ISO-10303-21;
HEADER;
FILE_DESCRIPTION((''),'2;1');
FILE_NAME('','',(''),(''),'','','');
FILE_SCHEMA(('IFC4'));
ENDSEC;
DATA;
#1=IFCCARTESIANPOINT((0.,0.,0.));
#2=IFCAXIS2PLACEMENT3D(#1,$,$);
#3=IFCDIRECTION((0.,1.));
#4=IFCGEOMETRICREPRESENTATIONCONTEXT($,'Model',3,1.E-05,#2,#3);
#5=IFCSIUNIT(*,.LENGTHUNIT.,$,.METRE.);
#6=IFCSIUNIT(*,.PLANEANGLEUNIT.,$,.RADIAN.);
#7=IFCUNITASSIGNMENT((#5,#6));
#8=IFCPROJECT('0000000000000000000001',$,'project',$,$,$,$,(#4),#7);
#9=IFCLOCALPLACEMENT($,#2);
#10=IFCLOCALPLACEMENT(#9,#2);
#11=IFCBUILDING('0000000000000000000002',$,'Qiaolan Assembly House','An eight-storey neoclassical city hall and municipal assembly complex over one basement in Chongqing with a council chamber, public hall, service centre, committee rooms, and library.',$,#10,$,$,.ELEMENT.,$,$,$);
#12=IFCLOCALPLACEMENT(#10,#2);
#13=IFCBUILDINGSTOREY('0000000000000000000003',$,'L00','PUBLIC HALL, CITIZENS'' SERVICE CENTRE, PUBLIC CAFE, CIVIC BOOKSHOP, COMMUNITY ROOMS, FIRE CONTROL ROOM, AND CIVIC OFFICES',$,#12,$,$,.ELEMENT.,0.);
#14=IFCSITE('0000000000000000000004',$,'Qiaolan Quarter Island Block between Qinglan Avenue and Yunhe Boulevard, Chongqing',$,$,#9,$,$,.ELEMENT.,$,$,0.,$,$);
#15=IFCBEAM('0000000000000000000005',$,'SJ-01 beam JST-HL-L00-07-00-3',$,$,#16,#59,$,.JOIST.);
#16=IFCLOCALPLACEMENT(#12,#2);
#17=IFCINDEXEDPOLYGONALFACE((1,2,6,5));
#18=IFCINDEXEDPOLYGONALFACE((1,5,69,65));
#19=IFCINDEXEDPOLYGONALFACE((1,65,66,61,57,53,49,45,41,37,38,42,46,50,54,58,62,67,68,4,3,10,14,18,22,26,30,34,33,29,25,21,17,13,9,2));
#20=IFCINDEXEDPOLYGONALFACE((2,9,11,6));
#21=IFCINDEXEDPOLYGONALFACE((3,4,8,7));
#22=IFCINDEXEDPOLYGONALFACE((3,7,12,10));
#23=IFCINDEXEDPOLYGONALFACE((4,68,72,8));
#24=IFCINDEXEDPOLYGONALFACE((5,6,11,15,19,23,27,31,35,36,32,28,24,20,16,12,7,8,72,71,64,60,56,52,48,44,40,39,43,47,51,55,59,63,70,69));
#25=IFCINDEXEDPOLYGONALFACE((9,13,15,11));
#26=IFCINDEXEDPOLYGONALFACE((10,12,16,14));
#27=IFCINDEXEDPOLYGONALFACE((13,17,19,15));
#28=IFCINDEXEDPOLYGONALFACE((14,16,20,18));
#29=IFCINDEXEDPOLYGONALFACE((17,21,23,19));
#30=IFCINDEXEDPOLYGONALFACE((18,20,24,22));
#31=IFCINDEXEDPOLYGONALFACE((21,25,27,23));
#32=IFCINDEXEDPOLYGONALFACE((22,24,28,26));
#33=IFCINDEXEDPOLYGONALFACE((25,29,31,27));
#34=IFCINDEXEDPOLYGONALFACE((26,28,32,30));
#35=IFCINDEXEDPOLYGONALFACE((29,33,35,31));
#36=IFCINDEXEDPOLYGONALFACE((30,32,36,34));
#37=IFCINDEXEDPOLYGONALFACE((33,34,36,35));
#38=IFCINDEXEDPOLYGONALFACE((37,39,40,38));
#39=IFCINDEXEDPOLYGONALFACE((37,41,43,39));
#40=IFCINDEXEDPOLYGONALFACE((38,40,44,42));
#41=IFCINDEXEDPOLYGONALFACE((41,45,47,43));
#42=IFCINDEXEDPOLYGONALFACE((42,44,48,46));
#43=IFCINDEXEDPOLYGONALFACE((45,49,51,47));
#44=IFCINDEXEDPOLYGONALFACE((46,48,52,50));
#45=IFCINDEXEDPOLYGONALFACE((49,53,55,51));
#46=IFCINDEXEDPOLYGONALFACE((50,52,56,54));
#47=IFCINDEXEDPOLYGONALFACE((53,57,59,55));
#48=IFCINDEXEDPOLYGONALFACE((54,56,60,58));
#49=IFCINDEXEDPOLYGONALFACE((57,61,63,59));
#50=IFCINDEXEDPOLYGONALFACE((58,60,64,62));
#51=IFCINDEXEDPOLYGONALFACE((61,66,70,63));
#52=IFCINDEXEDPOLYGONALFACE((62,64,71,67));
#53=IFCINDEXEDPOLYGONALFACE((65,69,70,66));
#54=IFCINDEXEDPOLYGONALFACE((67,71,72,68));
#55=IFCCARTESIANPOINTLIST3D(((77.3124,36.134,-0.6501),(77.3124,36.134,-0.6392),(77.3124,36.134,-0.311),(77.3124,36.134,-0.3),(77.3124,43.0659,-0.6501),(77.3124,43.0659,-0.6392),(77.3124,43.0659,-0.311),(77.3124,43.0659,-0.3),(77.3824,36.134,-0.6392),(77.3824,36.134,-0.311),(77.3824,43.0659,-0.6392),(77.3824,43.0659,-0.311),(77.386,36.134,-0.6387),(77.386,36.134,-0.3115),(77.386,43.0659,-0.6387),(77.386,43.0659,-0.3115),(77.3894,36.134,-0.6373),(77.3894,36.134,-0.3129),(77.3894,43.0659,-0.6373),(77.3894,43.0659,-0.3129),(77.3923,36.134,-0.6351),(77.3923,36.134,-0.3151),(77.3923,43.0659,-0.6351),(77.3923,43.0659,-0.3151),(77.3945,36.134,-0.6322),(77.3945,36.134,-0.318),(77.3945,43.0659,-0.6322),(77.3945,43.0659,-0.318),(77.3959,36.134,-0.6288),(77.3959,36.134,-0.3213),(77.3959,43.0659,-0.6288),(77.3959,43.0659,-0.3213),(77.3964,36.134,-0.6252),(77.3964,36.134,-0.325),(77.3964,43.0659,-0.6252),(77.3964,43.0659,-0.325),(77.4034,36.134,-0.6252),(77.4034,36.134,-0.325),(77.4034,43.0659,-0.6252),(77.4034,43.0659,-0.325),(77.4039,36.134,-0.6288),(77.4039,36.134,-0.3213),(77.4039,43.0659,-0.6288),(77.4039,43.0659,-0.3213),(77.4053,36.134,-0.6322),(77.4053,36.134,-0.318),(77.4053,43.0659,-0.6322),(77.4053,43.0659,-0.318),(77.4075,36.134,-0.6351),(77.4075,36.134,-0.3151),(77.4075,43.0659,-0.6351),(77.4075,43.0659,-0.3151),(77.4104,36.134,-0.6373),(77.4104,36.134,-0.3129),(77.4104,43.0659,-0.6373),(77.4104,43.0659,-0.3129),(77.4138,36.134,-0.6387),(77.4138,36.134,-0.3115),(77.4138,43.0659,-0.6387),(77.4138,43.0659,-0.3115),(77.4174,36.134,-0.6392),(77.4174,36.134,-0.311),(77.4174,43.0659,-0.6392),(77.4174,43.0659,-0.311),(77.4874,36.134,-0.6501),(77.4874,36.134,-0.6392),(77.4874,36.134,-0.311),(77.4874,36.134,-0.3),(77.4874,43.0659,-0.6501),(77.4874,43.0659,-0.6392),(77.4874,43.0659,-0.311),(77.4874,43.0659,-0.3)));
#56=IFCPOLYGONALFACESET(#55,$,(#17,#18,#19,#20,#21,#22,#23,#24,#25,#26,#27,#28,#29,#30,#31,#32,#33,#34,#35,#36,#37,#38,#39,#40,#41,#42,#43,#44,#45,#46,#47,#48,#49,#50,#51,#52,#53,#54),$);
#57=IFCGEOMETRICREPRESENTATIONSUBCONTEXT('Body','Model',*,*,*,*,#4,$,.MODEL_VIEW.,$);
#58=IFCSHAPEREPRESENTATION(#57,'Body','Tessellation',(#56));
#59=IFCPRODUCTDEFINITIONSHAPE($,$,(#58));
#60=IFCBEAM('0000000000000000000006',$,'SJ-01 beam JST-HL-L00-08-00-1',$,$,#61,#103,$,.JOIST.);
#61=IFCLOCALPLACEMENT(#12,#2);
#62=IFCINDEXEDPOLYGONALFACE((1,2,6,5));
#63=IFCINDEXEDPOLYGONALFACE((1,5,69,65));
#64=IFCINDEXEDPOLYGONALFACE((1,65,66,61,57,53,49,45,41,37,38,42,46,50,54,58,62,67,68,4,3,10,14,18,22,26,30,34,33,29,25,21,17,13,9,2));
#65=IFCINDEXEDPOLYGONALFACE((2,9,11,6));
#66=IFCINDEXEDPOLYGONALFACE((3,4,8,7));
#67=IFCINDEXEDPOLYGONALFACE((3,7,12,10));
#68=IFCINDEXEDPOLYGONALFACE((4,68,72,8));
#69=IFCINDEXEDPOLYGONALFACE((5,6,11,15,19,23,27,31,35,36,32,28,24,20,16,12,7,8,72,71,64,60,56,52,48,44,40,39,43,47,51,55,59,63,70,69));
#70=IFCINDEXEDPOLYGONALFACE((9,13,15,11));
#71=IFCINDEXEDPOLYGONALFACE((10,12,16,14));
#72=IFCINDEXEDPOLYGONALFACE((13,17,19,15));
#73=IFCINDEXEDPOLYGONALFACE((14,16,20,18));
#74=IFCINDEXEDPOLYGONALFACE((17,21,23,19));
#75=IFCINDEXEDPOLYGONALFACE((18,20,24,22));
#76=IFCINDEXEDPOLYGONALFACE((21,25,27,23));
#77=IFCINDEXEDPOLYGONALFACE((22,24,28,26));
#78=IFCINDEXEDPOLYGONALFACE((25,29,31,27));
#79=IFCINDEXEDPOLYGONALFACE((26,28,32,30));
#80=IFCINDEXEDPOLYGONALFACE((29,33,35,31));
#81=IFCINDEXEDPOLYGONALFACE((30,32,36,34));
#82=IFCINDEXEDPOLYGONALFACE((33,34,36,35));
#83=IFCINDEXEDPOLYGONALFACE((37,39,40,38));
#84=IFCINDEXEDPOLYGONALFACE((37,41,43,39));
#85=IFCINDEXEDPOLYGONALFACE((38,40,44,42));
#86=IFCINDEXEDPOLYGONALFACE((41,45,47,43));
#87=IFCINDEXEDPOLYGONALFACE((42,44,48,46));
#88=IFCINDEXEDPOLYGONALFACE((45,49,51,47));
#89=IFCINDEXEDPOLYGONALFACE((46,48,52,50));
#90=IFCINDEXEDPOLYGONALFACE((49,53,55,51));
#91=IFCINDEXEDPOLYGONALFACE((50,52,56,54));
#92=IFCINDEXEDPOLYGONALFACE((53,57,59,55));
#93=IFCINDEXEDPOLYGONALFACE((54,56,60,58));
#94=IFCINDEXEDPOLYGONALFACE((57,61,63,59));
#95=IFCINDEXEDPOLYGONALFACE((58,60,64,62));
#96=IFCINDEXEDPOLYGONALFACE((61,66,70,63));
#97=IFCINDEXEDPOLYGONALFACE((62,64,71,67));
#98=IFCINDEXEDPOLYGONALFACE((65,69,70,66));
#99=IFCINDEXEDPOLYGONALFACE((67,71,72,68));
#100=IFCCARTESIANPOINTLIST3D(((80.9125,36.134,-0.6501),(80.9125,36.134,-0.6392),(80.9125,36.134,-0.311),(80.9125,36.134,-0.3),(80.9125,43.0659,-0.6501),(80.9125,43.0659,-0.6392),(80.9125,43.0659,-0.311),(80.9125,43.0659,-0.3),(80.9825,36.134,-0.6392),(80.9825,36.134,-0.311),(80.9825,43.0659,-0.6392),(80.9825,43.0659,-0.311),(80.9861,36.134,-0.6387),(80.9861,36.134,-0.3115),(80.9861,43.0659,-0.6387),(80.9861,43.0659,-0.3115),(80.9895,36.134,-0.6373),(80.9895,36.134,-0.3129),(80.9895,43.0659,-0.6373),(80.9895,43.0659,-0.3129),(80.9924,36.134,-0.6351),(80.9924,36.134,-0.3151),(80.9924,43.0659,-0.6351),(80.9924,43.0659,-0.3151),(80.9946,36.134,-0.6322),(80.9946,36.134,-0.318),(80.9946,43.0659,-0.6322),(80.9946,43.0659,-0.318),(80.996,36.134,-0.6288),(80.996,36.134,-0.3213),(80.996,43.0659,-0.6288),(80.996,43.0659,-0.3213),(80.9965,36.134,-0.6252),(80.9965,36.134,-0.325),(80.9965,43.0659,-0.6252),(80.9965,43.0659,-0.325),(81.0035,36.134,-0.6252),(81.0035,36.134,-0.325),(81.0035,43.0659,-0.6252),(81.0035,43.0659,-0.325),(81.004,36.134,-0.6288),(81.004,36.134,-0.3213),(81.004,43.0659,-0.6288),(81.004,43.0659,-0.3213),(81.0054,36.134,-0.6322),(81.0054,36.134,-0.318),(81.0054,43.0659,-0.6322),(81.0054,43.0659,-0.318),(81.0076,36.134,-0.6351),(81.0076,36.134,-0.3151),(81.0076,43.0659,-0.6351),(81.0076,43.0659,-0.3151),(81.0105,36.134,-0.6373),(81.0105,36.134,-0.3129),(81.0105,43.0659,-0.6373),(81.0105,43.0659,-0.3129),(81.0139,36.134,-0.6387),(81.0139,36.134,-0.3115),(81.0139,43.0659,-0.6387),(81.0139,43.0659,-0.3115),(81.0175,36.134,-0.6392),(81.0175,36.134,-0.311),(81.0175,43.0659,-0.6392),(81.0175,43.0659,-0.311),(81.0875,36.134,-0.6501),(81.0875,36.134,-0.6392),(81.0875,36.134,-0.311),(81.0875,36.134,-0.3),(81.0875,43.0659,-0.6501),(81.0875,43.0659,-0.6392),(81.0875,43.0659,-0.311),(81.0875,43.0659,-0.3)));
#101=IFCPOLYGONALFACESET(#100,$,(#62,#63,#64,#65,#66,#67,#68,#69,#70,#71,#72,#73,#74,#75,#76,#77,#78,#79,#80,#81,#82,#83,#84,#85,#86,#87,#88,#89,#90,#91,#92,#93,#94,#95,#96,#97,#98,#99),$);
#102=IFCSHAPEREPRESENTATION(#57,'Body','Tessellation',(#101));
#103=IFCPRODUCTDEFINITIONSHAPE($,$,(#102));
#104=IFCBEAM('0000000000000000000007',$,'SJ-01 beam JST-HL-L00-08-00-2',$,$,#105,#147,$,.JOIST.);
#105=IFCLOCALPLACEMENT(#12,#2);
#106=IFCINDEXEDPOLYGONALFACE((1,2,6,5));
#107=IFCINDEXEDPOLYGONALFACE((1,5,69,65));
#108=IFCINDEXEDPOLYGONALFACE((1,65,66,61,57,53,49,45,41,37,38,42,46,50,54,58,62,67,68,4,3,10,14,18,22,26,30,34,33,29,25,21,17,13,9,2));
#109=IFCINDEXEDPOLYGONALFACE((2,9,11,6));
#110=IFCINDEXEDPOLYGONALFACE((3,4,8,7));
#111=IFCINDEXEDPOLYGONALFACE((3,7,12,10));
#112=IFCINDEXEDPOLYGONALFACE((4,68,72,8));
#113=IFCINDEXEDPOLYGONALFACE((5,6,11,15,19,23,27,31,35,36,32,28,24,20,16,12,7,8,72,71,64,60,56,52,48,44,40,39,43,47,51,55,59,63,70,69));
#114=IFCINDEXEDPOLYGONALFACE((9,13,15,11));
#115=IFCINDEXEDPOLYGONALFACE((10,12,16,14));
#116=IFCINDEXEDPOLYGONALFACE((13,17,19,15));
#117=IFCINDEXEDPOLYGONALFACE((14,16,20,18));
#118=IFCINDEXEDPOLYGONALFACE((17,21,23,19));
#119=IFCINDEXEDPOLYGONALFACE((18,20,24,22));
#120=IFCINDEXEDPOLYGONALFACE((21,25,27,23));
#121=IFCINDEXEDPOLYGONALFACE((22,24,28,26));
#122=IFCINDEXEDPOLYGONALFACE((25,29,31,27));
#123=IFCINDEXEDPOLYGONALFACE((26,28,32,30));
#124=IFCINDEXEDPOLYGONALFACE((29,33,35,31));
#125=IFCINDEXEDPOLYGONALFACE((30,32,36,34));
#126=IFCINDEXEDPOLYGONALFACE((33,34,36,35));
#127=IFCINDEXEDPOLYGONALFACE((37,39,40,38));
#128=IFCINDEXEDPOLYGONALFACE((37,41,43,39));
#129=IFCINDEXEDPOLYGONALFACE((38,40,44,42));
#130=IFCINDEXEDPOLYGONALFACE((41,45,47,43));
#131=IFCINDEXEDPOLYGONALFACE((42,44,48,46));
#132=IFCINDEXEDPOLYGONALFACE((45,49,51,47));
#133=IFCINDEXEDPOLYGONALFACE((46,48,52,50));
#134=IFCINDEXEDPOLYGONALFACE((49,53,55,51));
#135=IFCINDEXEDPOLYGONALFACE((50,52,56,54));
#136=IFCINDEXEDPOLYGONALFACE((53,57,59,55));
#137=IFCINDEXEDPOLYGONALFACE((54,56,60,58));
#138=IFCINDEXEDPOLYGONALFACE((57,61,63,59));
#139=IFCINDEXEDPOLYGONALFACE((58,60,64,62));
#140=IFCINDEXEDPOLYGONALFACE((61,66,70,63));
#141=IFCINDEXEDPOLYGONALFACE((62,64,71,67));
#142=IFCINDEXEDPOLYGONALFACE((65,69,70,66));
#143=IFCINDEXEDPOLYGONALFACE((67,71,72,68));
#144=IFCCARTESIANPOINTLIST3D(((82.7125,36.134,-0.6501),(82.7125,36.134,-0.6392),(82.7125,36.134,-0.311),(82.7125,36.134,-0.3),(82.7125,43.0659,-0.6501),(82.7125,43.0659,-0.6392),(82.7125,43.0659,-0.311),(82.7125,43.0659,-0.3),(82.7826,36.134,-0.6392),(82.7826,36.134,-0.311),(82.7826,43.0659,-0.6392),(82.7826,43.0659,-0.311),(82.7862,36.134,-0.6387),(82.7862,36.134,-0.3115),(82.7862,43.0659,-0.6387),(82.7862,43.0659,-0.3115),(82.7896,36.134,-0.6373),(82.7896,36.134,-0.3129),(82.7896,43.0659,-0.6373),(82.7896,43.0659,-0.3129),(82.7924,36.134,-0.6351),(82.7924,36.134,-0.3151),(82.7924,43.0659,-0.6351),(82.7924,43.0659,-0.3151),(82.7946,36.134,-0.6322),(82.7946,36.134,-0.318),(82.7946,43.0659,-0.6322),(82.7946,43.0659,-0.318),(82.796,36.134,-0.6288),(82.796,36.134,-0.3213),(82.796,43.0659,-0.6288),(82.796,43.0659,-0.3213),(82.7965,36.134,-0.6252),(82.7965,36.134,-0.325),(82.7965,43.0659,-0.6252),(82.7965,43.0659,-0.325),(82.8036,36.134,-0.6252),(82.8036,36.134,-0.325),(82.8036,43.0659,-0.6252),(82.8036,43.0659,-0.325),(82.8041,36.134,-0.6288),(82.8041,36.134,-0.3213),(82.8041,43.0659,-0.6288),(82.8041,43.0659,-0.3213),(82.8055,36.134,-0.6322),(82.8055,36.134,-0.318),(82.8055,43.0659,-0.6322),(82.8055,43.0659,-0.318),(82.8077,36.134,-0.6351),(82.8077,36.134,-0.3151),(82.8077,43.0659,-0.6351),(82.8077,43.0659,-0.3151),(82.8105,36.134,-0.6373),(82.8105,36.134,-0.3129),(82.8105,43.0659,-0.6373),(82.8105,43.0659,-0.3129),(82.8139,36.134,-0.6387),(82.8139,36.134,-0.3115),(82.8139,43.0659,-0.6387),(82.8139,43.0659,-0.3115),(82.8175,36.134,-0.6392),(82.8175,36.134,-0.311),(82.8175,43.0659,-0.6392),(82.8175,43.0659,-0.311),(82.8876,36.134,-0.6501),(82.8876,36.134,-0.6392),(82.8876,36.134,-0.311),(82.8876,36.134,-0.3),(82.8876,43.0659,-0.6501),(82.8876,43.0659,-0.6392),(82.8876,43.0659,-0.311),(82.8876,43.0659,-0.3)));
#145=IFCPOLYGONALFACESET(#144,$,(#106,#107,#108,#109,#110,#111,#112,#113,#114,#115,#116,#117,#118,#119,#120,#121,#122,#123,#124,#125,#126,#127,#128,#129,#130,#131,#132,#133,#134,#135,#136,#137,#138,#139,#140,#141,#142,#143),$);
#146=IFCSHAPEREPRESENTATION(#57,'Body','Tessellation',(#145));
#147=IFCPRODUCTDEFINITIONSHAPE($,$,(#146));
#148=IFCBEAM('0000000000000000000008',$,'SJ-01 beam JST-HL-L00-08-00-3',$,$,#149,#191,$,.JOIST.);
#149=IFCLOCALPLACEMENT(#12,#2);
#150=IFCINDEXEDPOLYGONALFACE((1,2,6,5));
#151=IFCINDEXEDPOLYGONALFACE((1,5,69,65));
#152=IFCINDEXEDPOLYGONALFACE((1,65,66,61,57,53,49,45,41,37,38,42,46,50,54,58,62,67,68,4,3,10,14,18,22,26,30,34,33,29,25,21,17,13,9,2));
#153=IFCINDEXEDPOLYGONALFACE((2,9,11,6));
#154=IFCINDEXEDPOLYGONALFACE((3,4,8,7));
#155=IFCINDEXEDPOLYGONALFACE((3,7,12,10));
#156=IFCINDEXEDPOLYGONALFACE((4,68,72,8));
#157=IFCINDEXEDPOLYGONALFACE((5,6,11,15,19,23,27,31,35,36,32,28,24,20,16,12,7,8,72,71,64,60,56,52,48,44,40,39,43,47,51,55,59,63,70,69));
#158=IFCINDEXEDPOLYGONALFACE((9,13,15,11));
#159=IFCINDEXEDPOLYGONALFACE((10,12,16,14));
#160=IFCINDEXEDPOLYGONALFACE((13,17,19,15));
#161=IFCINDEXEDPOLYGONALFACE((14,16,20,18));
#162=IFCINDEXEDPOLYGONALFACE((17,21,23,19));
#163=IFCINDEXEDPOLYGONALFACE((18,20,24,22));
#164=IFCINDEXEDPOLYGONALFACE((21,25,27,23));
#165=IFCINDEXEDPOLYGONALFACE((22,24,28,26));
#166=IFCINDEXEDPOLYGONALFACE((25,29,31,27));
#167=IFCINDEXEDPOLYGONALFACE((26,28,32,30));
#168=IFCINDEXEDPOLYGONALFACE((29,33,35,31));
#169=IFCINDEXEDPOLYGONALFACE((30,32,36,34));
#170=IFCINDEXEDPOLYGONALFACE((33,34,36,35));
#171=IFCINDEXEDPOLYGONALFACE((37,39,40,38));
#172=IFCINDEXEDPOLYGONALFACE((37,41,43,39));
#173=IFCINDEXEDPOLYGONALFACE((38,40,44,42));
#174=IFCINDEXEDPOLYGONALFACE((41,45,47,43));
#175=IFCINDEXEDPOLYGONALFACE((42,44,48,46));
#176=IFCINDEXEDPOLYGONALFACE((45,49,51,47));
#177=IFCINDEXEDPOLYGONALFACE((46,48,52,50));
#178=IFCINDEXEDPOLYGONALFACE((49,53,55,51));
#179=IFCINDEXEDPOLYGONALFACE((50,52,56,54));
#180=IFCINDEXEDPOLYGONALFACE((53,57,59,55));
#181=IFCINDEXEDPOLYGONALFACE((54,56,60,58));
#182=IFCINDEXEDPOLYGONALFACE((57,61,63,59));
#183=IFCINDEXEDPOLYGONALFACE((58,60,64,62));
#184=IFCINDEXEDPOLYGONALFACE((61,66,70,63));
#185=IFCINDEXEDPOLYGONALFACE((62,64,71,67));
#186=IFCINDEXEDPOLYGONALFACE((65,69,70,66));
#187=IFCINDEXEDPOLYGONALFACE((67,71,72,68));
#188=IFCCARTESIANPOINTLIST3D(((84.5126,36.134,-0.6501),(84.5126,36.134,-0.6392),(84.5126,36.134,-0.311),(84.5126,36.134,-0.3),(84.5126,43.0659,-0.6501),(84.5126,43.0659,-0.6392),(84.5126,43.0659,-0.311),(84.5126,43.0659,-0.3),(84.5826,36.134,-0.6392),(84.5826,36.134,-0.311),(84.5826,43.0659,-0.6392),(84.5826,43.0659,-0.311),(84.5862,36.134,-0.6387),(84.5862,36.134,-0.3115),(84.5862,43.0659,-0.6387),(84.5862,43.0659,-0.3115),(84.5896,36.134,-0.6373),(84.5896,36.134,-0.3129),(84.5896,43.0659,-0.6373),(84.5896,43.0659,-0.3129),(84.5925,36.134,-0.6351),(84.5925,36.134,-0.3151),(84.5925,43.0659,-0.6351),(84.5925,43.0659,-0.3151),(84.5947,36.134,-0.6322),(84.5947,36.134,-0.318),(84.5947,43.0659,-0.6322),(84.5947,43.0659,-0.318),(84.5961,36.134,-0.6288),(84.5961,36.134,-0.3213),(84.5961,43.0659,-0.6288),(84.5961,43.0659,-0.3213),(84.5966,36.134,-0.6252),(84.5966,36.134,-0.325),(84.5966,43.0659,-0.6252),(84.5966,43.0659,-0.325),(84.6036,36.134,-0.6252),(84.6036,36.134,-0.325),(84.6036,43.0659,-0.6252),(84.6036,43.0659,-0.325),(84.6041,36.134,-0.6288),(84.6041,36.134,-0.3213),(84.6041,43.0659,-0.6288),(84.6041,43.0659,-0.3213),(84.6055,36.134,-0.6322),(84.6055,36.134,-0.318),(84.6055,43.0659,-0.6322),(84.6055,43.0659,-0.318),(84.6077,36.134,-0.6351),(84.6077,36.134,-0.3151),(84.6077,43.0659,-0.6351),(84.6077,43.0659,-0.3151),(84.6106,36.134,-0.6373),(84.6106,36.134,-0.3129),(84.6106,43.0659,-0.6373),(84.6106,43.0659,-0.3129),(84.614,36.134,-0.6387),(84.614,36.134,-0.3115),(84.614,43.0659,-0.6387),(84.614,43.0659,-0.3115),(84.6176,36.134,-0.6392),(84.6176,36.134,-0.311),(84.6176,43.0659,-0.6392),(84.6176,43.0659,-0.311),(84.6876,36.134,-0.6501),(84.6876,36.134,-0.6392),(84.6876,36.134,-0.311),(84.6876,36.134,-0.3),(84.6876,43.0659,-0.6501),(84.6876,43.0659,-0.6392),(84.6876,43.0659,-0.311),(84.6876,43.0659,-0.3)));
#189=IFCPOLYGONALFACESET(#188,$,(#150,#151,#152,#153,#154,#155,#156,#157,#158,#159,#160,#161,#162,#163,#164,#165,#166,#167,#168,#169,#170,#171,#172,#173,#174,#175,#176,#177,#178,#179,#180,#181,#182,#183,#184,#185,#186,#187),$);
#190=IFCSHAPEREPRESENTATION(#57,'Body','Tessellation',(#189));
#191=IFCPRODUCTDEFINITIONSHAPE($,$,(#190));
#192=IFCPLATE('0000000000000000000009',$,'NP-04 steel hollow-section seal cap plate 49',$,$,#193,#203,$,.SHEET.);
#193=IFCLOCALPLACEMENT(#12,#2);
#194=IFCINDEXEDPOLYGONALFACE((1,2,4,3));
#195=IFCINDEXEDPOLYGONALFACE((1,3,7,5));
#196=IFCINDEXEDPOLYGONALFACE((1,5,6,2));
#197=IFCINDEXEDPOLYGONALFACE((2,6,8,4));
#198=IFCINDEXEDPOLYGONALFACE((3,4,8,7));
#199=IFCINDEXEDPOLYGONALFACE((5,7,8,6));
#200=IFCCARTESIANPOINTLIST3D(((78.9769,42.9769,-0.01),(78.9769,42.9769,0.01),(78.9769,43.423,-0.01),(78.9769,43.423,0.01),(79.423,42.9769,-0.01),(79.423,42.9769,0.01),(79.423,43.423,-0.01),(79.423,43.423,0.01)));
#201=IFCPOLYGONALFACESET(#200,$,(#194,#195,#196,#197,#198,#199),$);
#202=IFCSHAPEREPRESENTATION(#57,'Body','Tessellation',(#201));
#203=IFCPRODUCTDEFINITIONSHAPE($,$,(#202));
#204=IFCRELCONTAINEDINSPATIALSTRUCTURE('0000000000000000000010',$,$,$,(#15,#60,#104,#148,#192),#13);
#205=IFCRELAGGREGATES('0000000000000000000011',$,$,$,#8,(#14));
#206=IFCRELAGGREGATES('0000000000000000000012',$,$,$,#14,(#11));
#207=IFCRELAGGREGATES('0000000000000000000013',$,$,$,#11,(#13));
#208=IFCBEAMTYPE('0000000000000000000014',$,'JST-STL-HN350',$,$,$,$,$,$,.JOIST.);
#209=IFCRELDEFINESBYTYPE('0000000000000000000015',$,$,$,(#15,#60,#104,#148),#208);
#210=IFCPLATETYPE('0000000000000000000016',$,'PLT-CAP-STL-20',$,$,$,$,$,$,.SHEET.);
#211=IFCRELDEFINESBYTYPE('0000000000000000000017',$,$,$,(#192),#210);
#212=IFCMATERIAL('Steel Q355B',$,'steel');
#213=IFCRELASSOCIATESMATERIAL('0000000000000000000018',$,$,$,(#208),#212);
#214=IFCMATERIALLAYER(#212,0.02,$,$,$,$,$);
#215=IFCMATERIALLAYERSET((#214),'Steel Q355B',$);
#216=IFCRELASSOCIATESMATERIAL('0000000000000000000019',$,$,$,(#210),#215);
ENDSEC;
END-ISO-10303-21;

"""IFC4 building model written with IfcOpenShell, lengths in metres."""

from ifc_helpers import new_model, si_unit, direction, frame, origin, origin_2d, place, context, subcontext, project, spatial, rectangle, i_section, extrude, material, layer, layer_set, material_profile, profile_set, type_object, element, save


model = new_model("IFC4")

# Units and contexts
model_context = context("Model", 3, precision=1e-05, world=origin(), true_north=direction((0.0, 1.0)))
body_context = subcontext(model_context, "Body", "Model", "MODEL_VIEW")
ifc_project = project(units=[si_unit("LENGTHUNIT", "METRE"), si_unit("PLANEANGLEUNIT", "RADIAN")], contexts=[model_context])

# Site, building, storey
site_placement = place(None, origin())
site = spatial("IfcSite", under=ifc_project, at=site_placement, Name="Qiaolan Quarter Island Block between Qinglan Avenue and Yunhe Boulevard, Chongqing", CompositionType="ELEMENT", RefElevation=0.0)
building_placement = place(site_placement, origin())
building = spatial("IfcBuilding", under=site, at=building_placement, Name="Qiaolan Assembly House", Description="An eight-storey neoclassical city hall and municipal assembly complex over one basement in Chongqing with a council chamber, public hall, service centre, committee rooms, and library.", CompositionType="ELEMENT")
storey_placement = place(building_placement, origin())
storey = spatial("IfcBuildingStorey", under=building, at=storey_placement, Name="L00", Description="PUBLIC HALL, CITIZENS' SERVICE CENTRE, PUBLIC CAFE, CIVIC BOOKSHOP, COMMUNITY ROOMS, FIRE CONTROL ROOM, AND CIVIC OFFICES", CompositionType="ELEMENT", Elevation=0.0)

# Shared definitions
ifc_material_1 = material(Name="Steel Q355B", Category="steel")

# Beams
ifc_material_profile_1 = material_profile(ifc_material_1, i_section(OverallWidth=0.175, OverallDepth=0.3501, WebThickness=0.0071, FlangeThickness=0.011, FilletRadius=0.0139, at=origin_2d()), Name="HN 350x175x7x11")
ifc_profile_set_1 = profile_set([ifc_material_profile_1], Name="Steel Q355B")
beam_type_1 = type_object("IfcBeamType", Name="JST-STL-HN350", PredefinedType="JOIST", material=ifc_profile_set_1)
for number, where, z_axis, x_axis, name in (
    (1, (77.3999, 36.134, -0.4751), (0.0, 1.0, 0.0), (-1.0, 0.0, 0.0), "SJ-01 beam JST-HL-L00-07-00-3"),
    (2, (81.0, 36.134, -0.4751), (0.0, 1.0, 0.0), (-1.0, 0.0, 0.0), "SJ-01 beam JST-HL-L00-08-00-1"),
    (3, (82.8, 36.134, -0.4751), (0.0, 1.0, 0.0), (-1.0, 0.0, 0.0), "SJ-01 beam JST-HL-L00-08-00-2"),
    (4, (84.6001, 36.134, -0.4751), (0.0, 1.0, 0.0), (-1.0, 0.0, 0.0), "SJ-01 beam JST-HL-L00-08-00-3"),
):
    element("IfcBeam", number, at=place(storey_placement, frame(where, z_axis=z_axis, x_axis=x_axis)), inside=storey, type_object=beam_type_1, Name=name, PredefinedType="JOIST", context=body_context, shape_type="SweptSolid", body=[
        extrude(i_section(OverallWidth=0.175, OverallDepth=0.3501, WebThickness=0.0071, FlangeThickness=0.011, FilletRadius=0.0139, at=origin_2d()), origin(), (0.0, 0.0, 1.0), 6.9319),
    ])

# Plate
ifc_layer_1 = layer(ifc_material_1, 0.02)
ifc_layer_set_1 = layer_set([ifc_layer_1], Name="Steel Q355B")
plate_type = type_object("IfcPlateType", Name="PLT-CAP-STL-20", PredefinedType="SHEET", material=ifc_layer_set_1)
for number, where, z_axis, x_axis, name in (
    (5, (79.2, 43.2, -0.01), (0.0, 0.0, 1.0), (1.0, 0.0, 0.0), "NP-04 steel hollow-section seal cap plate 49"),
):
    element("IfcPlate", number, at=place(storey_placement, frame(where, z_axis=z_axis, x_axis=x_axis)), inside=storey, type_object=plate_type, Name=name, PredefinedType="SHEET", context=body_context, shape_type="SweptSolid", body=[
        extrude(rectangle(XDim=0.446, YDim=0.446, at=origin_2d()), origin(), (0.0, 0.0, 1.0), 0.02),
    ])

save(model, "model.ifc")
